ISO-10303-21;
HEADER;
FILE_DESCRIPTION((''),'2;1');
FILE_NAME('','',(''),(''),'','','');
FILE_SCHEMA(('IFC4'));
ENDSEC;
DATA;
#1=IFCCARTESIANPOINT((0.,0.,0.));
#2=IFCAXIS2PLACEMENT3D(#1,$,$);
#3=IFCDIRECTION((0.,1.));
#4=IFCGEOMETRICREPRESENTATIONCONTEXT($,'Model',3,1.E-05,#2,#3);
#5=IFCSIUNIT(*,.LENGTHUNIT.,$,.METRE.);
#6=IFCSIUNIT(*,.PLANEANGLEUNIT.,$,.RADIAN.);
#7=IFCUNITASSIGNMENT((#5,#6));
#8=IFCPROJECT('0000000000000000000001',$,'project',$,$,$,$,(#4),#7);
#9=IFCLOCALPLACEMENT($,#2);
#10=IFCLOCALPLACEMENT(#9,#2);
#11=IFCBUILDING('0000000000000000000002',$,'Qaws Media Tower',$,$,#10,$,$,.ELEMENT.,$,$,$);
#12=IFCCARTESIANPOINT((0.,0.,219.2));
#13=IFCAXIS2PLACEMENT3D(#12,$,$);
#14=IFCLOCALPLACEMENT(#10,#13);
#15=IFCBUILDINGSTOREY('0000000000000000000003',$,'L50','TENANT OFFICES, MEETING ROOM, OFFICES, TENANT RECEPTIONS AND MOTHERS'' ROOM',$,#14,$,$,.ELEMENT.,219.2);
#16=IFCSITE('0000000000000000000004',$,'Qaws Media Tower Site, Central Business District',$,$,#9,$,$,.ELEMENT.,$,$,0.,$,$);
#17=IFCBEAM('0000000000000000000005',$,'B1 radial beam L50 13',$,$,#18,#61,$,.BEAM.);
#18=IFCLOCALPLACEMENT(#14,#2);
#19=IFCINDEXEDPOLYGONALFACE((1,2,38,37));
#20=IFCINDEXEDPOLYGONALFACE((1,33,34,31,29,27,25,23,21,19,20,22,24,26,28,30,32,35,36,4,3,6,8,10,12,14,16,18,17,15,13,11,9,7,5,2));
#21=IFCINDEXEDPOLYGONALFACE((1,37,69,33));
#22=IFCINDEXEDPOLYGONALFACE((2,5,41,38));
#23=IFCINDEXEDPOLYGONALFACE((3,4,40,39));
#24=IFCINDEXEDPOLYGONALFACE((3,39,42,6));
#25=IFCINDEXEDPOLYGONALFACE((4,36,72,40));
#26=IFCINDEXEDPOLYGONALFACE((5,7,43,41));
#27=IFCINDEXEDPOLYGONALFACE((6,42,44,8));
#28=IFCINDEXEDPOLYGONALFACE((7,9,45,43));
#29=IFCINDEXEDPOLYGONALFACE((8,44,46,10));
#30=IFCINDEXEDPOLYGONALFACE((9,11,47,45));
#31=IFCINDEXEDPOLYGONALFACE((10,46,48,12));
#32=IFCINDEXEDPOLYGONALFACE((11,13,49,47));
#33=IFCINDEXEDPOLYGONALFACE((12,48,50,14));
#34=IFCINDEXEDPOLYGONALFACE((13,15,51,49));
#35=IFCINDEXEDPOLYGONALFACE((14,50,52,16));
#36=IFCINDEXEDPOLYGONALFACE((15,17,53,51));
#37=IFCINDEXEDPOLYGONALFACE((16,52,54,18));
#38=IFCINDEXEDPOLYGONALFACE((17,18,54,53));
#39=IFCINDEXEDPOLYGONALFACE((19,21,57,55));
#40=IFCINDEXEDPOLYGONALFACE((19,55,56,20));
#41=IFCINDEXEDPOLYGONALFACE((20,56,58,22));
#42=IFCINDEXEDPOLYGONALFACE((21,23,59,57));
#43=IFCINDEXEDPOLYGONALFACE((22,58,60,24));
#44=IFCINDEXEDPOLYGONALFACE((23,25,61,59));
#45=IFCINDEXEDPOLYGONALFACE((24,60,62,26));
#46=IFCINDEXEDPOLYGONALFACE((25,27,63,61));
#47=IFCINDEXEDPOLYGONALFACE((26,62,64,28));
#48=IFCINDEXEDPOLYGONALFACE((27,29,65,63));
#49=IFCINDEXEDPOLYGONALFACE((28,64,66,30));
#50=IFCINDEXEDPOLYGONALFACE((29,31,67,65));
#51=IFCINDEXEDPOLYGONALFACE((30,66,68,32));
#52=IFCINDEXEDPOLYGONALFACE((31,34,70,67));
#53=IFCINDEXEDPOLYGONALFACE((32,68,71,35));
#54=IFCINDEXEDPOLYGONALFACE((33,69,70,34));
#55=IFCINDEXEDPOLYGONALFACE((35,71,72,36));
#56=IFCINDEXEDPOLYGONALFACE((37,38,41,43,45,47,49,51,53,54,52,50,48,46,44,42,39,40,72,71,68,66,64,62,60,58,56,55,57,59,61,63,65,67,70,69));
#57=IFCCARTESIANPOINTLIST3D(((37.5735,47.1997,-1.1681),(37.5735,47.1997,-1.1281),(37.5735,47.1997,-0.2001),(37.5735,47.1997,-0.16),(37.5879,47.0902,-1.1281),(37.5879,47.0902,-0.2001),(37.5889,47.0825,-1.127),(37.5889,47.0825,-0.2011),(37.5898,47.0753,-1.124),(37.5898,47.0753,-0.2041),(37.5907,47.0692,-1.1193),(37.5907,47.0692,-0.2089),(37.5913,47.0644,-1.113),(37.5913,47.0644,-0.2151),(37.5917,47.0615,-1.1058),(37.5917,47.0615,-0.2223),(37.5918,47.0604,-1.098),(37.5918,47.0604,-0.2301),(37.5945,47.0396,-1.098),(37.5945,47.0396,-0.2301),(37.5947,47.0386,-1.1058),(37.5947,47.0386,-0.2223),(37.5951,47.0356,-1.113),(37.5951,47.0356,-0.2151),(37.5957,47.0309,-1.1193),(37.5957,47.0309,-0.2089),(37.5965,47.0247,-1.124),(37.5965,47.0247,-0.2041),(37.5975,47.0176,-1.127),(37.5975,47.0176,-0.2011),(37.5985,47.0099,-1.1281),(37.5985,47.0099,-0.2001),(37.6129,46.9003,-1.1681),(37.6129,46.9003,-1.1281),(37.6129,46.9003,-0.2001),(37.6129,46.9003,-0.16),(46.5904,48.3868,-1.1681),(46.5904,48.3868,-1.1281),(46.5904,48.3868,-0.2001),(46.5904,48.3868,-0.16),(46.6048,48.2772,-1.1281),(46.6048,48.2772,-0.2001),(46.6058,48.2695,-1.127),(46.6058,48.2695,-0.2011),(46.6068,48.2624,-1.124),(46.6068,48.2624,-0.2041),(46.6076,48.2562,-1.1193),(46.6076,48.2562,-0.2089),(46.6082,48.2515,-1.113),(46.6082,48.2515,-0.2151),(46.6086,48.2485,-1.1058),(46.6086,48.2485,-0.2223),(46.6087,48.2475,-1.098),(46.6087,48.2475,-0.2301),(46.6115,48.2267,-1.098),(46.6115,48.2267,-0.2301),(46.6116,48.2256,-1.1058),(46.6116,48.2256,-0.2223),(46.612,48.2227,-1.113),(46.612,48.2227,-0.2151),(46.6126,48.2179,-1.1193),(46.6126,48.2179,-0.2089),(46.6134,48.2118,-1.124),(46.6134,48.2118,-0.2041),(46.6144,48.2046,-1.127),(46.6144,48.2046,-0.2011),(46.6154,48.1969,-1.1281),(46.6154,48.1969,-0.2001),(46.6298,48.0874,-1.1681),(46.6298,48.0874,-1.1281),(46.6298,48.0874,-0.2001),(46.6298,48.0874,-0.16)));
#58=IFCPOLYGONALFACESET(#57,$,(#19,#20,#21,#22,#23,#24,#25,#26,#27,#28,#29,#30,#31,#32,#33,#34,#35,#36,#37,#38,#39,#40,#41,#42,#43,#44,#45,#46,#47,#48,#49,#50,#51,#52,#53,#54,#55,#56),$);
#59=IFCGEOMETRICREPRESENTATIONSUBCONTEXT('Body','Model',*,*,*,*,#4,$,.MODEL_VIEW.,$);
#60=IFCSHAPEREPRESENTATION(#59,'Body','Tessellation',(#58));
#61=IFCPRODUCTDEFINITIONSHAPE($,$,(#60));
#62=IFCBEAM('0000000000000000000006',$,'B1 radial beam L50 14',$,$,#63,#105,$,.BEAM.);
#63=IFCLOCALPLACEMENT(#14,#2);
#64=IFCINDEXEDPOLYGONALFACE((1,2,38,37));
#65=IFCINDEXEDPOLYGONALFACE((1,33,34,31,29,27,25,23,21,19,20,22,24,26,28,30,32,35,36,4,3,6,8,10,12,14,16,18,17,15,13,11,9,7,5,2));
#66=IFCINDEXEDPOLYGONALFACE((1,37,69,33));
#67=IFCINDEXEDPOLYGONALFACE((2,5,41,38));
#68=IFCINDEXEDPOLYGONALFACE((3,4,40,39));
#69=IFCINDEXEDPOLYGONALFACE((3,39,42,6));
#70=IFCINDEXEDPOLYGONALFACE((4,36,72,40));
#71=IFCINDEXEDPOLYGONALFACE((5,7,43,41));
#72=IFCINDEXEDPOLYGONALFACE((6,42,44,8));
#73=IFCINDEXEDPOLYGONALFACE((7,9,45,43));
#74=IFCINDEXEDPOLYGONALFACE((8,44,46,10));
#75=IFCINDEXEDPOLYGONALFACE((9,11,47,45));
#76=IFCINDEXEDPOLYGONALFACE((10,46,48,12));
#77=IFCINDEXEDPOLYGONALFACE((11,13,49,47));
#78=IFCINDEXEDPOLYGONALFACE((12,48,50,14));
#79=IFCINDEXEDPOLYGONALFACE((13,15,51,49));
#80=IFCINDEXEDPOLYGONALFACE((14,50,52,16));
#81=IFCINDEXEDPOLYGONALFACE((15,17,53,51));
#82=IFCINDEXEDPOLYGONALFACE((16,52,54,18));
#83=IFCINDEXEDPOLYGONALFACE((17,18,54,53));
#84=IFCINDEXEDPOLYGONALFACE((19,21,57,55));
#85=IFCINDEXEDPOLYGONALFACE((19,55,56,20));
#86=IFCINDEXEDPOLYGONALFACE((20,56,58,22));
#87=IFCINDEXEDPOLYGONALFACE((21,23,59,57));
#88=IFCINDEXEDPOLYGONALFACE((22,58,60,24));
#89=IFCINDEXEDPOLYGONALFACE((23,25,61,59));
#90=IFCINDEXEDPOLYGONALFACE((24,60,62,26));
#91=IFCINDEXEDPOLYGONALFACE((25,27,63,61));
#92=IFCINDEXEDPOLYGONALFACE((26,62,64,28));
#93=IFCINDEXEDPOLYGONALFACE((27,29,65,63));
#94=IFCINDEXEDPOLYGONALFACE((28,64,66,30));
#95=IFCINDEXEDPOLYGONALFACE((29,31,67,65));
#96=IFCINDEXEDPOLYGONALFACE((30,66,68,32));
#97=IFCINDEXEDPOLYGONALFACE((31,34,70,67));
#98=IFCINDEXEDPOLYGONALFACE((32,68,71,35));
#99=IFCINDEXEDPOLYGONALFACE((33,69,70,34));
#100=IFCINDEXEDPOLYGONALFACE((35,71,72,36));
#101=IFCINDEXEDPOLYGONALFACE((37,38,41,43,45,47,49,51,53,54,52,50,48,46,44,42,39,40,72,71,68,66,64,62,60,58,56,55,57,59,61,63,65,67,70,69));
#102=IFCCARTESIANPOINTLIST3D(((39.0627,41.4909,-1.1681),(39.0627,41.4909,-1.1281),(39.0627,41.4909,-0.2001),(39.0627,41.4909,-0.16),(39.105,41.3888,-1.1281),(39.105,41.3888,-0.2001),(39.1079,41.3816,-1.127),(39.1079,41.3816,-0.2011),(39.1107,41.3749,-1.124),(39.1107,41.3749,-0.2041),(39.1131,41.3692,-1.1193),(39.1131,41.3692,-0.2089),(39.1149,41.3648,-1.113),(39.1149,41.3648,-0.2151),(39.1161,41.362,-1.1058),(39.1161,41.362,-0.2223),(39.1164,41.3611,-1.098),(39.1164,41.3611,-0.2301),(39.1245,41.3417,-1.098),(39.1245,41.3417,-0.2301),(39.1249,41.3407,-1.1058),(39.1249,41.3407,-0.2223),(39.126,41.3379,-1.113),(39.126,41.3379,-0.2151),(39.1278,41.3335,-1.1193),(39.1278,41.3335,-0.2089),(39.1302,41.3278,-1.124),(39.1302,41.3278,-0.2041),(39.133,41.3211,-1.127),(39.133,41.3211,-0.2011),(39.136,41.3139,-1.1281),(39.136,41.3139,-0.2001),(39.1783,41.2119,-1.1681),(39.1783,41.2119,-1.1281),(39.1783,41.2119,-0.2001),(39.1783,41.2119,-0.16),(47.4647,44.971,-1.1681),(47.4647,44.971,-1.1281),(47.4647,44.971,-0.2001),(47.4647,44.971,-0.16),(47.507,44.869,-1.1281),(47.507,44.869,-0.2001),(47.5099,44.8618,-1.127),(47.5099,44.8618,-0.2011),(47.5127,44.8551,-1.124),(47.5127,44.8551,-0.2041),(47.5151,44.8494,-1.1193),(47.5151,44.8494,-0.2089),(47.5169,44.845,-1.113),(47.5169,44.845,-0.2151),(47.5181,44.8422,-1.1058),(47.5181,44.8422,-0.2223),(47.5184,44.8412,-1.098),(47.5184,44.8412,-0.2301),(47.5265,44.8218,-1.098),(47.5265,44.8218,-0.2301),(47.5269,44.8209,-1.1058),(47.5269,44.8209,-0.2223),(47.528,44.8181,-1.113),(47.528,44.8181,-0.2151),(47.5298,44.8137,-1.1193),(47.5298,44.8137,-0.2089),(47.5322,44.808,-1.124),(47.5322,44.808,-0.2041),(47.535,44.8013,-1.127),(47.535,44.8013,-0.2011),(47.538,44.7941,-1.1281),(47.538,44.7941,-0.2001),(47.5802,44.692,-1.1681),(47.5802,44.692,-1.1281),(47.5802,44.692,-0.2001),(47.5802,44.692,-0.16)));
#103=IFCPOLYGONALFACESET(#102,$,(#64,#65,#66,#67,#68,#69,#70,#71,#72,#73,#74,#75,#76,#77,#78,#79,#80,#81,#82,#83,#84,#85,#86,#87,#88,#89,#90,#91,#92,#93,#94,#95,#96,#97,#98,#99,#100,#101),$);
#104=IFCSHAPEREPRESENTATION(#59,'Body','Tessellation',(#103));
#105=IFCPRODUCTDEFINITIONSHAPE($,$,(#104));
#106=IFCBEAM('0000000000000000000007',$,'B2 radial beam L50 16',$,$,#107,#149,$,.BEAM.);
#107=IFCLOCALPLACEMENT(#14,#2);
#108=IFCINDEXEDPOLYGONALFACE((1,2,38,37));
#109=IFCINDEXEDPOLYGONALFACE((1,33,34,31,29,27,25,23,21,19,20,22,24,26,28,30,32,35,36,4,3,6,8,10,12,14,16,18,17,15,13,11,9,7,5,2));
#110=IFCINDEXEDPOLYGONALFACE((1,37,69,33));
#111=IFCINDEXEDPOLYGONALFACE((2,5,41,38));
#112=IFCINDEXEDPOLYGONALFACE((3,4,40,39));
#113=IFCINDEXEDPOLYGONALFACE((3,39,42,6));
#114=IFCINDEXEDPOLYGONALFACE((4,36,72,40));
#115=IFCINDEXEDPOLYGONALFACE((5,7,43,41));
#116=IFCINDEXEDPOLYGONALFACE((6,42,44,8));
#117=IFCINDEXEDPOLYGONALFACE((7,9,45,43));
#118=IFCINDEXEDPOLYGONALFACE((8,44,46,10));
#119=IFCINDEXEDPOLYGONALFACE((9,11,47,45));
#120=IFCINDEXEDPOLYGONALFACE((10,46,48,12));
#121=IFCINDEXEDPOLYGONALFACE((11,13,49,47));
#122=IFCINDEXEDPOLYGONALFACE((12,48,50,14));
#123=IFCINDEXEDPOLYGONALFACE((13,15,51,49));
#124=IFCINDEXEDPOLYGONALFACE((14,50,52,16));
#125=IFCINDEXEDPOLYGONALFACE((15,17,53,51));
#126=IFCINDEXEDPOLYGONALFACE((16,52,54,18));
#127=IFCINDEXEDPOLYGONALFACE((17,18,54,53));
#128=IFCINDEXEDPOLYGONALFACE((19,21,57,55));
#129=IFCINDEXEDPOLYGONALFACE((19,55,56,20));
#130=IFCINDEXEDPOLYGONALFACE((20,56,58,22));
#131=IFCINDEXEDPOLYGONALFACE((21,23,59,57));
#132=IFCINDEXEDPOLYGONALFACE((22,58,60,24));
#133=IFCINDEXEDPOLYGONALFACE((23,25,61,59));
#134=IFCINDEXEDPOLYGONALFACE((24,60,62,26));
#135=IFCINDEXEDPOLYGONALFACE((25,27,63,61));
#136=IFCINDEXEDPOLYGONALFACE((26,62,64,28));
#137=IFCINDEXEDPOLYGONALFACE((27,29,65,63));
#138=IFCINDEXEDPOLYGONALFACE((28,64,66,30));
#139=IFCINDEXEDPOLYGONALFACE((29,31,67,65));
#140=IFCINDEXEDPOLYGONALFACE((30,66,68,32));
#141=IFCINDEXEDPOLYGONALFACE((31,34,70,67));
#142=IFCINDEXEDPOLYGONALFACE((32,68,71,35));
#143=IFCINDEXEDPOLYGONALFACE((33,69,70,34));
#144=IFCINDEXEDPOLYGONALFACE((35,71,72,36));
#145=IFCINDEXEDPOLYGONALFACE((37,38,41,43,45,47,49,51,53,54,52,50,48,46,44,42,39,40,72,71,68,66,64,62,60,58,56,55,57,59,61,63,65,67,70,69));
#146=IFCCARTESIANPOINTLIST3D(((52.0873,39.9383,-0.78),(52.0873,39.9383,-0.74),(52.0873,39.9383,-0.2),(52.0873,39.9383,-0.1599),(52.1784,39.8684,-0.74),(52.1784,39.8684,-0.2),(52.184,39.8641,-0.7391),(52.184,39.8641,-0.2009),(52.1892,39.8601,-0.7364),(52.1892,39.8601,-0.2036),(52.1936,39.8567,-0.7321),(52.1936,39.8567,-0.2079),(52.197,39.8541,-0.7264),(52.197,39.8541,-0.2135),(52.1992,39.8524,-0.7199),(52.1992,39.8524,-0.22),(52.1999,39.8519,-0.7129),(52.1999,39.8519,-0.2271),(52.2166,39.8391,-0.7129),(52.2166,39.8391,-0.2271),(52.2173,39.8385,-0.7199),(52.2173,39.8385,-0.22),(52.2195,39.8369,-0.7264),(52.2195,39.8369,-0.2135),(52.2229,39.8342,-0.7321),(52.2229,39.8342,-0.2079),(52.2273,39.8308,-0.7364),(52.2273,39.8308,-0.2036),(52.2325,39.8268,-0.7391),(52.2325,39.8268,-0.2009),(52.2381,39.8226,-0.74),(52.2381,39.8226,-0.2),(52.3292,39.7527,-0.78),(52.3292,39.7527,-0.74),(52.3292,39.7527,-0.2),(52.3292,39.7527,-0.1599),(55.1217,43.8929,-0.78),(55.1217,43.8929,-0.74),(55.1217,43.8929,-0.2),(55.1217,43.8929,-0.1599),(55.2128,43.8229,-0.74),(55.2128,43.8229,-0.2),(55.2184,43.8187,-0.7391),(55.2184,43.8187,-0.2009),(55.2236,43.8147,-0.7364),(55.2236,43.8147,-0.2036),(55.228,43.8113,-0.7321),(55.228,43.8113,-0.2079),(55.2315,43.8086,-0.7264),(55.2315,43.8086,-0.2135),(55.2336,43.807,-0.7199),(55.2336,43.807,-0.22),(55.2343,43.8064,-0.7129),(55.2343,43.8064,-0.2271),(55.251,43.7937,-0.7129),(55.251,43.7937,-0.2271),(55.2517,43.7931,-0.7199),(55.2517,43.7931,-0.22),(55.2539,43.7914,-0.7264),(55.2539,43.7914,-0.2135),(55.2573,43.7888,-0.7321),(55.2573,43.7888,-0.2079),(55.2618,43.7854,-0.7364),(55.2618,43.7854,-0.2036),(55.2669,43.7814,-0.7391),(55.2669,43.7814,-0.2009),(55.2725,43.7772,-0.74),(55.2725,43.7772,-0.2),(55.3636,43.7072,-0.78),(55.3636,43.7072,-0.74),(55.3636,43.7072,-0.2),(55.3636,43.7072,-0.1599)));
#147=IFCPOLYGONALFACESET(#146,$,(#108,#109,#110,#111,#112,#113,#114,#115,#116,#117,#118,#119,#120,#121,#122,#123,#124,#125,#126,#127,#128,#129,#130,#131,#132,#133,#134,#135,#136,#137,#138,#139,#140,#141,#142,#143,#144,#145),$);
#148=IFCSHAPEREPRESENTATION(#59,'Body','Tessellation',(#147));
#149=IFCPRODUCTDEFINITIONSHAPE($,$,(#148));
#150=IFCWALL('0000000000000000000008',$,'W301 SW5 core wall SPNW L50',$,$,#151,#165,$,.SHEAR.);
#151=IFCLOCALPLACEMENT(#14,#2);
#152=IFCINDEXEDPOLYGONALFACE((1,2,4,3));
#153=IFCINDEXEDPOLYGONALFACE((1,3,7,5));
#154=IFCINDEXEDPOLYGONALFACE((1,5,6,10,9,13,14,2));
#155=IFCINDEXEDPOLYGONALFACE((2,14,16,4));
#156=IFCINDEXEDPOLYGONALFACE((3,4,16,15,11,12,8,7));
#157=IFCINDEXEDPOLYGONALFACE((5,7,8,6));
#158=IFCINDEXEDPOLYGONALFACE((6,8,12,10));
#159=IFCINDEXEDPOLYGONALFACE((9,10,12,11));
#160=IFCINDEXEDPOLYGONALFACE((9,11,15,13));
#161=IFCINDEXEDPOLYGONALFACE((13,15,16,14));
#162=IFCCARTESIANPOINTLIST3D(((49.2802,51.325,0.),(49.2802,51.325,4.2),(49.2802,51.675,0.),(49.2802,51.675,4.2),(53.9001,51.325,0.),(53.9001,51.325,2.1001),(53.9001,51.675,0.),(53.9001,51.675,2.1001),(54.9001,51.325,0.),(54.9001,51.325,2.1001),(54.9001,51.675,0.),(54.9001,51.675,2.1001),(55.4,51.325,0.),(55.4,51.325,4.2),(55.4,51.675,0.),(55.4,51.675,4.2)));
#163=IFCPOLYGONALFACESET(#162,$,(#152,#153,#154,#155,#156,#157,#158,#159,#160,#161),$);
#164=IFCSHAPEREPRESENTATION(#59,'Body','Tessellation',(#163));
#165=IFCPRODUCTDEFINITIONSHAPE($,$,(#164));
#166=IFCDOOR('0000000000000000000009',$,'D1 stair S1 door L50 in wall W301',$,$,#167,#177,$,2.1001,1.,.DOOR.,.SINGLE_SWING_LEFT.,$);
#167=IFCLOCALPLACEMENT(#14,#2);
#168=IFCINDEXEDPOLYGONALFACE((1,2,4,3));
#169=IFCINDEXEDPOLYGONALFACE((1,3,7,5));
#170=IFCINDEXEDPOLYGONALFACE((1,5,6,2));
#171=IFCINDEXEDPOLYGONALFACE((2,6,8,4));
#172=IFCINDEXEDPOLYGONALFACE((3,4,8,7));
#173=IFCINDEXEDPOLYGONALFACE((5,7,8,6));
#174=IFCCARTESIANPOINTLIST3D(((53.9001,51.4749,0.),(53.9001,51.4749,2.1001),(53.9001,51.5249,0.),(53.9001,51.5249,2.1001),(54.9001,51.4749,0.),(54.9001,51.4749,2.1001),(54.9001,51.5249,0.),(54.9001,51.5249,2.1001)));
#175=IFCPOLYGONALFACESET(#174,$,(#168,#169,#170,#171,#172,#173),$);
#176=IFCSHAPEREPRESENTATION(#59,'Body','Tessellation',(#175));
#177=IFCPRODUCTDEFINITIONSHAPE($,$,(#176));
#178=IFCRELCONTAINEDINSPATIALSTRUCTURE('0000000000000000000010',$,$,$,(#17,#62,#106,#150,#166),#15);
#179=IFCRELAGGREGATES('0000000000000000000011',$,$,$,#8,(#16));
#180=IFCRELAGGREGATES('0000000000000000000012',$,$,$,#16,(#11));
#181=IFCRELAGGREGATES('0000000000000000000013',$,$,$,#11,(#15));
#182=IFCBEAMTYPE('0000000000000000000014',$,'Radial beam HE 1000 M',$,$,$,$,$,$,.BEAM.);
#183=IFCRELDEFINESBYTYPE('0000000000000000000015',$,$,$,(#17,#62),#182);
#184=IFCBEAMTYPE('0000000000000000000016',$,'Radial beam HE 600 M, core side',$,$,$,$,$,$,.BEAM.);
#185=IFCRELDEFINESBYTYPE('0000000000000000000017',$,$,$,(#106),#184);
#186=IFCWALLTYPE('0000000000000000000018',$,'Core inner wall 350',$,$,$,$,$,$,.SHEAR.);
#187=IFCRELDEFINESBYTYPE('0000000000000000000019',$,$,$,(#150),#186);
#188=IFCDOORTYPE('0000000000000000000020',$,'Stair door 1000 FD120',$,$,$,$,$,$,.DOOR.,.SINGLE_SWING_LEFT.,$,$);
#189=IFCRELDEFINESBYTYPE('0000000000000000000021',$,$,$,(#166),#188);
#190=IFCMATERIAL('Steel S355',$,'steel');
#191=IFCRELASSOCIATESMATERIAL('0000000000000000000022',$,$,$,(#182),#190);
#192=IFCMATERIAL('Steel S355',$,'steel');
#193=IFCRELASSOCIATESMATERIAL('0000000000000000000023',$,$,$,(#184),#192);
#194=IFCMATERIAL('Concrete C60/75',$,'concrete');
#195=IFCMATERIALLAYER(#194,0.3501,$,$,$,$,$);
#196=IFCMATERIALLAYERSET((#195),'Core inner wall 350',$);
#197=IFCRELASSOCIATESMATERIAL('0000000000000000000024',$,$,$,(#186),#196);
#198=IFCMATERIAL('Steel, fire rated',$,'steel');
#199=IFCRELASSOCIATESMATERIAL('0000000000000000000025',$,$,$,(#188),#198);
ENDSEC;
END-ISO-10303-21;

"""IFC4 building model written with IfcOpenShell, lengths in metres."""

from ifc_helpers import new_model, si_unit, direction, frame, frame_2d, origin, origin_2d, place, context, subcontext, project, spatial, rectangle, i_section, extrude, material, layer, layer_set, material_profile, profile_set, type_object, element, fill, save


model = new_model("IFC4")

# Units and contexts
model_context = context("Model", 3, precision=1e-05, world=origin(), true_north=direction((0.0, 1.0)))
body_context = subcontext(model_context, "Body", "Model", "MODEL_VIEW")
ifc_project = project(units=[si_unit("LENGTHUNIT", "METRE"), si_unit("PLANEANGLEUNIT", "RADIAN")], contexts=[model_context])

# Site, building, storey
site_placement = place(None, origin())
site = spatial("IfcSite", under=ifc_project, at=site_placement, Name="Qaws Media Tower Site, Central Business District", CompositionType="ELEMENT", RefElevation=0.0)
building_placement = place(site_placement, origin())
building = spatial("IfcBuilding", under=site, at=building_placement, Name="Qaws Media Tower", CompositionType="ELEMENT")
storey_placement = place(building_placement, frame((0.0, 0.0, 219.2)))
storey = spatial("IfcBuildingStorey", under=building, at=storey_placement, Name="L50", Description="TENANT OFFICES, MEETING ROOM, OFFICES, TENANT RECEPTIONS AND MOTHERS' ROOM", CompositionType="ELEMENT", Elevation=219.2)

# Beams
ifc_material_1 = material(Name="Steel S355", Category="steel")
ifc_material_profile_1 = material_profile(ifc_material_1, i_section(OverallWidth=0.302, OverallDepth=1.0081, WebThickness=0.021, FlangeThickness=0.04, FilletRadius=0.03, at=origin_2d()), Name="HE 1000 M")
ifc_profile_set_1 = profile_set([ifc_material_profile_1], Name="Steel S355")
beam_type_1 = type_object("IfcBeamType", Name="Radial beam HE 1000 M", PredefinedType="BEAM", material=ifc_profile_set_1)
beam_1_placement = place(storey_placement, frame((46.6101, 48.2371, -0.6641), z_axis=(-0.991446, -0.130518, 0.0), x_axis=(0.130518, -0.991446, 0.0)))
element("IfcBeam", 1, at=beam_1_placement, inside=storey, type_object=beam_type_1, Name="B1 radial beam L50 13", PredefinedType="BEAM", context=body_context, shape_type="SweptSolid", body=[
    extrude(i_section(OverallWidth=0.302, OverallDepth=1.0081, WebThickness=0.021, FlangeThickness=0.04, FilletRadius=0.03, at=origin_2d()), origin(), (0.0, 0.0, 1.0), 9.0947),
])
beam_2_placement = place(storey_placement, frame((47.5225, 44.8315, -0.6641), z_axis=(-0.923881, -0.38268, 0.0), x_axis=(0.38268, -0.923881, 0.0)))
element("IfcBeam", 2, at=beam_2_placement, inside=storey, type_object=beam_type_1, Name="B1 radial beam L50 14", PredefinedType="BEAM", context=body_context, shape_type="SweptSolid", body=[
    extrude(i_section(OverallWidth=0.302, OverallDepth=1.0081, WebThickness=0.021, FlangeThickness=0.04, FilletRadius=0.03, at=origin_2d()), origin(), (0.0, 0.0, 1.0), 9.0942),
])
ifc_material_2 = material(Name="Steel S355", Category="steel")
ifc_material_profile_2 = material_profile(ifc_material_2, i_section(OverallWidth=0.3049, OverallDepth=0.6201, WebThickness=0.021, FlangeThickness=0.04, FilletRadius=0.0271, at=origin_2d()), Name="HE 600 M")
ifc_profile_set_2 = profile_set([ifc_material_profile_2], Name="Steel S355")
beam_type_2 = type_object("IfcBeamType", Name="Radial beam HE 600 M, core side", PredefinedType="BEAM", material=ifc_profile_set_2)
beam_3_placement = place(storey_placement, frame((55.2427, 43.8, -0.47), z_axis=(-0.608756, -0.793357, 0.0), x_axis=(0.793357, -0.608756, 0.0)))
element("IfcBeam", 3, at=beam_3_placement, inside=storey, type_object=beam_type_2, Name="B2 radial beam L50 16", PredefinedType="BEAM", context=body_context, shape_type="SweptSolid", body=[
    extrude(i_section(OverallWidth=0.3049, OverallDepth=0.6201, WebThickness=0.021, FlangeThickness=0.04, FilletRadius=0.0271, at=origin_2d()), origin(), (0.0, 0.0, 1.0), 4.9846),
])

# Wall, opening, door
ifc_material_3 = material(Name="Concrete C60/75", Category="concrete")
ifc_layer_1 = layer(ifc_material_3, 0.3501)
ifc_layer_set_1 = layer_set([ifc_layer_1], Name="Core inner wall 350")
wall_type_1 = type_object("IfcWallType", Name="Core inner wall 350", PredefinedType="SHEAR", material=ifc_layer_set_1)
wall_1_placement = place(storey_placement, frame((49.28, 51.5, 0.0), z_axis=(0.0, 0.0, 1.0), x_axis=(1.0, 0.0, 0.0)))
wall_1 = element("IfcWall", 4, at=wall_1_placement, inside=storey, type_object=wall_type_1, Name="W301 SW5 core wall SPNW L50", PredefinedType="SHEAR", context=body_context, shape_type="SweptSolid", body=[
    extrude(rectangle(XDim=6.1199, YDim=0.3501, at=frame_2d((3.0601, 0.0))), origin(), (0.0, 0.0, 1.0), 4.2),
])
opening_1_placement = place(wall_1_placement, frame((4.6201, 0.0, 0.0)))
opening_1 = element("IfcOpeningElement", 5, at=opening_1_placement, cuts=wall_1, PredefinedType="OPENING", context=body_context, shape_type="SweptSolid", body=[
    extrude(rectangle(XDim=1.0, YDim=2.1001, at=frame_2d((0.5, 1.05))), frame((0.0, 0.1851, 0.0), z_axis=(0.0, -1.0, 0.0), x_axis=(1.0, 0.0, 0.0)), (0.0, 0.0, 1.0), 0.3701),
])
ifc_material_4 = material(Name="Steel, fire rated", Category="steel")
door_type_1 = type_object("IfcDoorType", Name="Stair door 1000 FD120", OperationType="SINGLE_SWING_LEFT", PredefinedType="DOOR", material=ifc_material_4)
door_1_placement = place(opening_1_placement, origin())
door_1 = element("IfcDoor", 6, at=door_1_placement, inside=storey, type_object=door_type_1, Name="D1 stair S1 door L50 in wall W301", OperationType="SINGLE_SWING_LEFT", OverallHeight=2.1001, OverallWidth=1.0, PredefinedType="DOOR", context=body_context, shape_type="SweptSolid", body=[
    extrude(rectangle(XDim=1.0, YDim=2.1001, at=frame_2d((0.5, 1.05))), frame((0.0, 0.0249, 0.0), z_axis=(0.0, -1.0, 0.0), x_axis=(1.0, 0.0, 0.0)), (0.0, 0.0, 1.0), 0.05),
])
fill(opening_1, door_1)

save(model, "model.ifc")
